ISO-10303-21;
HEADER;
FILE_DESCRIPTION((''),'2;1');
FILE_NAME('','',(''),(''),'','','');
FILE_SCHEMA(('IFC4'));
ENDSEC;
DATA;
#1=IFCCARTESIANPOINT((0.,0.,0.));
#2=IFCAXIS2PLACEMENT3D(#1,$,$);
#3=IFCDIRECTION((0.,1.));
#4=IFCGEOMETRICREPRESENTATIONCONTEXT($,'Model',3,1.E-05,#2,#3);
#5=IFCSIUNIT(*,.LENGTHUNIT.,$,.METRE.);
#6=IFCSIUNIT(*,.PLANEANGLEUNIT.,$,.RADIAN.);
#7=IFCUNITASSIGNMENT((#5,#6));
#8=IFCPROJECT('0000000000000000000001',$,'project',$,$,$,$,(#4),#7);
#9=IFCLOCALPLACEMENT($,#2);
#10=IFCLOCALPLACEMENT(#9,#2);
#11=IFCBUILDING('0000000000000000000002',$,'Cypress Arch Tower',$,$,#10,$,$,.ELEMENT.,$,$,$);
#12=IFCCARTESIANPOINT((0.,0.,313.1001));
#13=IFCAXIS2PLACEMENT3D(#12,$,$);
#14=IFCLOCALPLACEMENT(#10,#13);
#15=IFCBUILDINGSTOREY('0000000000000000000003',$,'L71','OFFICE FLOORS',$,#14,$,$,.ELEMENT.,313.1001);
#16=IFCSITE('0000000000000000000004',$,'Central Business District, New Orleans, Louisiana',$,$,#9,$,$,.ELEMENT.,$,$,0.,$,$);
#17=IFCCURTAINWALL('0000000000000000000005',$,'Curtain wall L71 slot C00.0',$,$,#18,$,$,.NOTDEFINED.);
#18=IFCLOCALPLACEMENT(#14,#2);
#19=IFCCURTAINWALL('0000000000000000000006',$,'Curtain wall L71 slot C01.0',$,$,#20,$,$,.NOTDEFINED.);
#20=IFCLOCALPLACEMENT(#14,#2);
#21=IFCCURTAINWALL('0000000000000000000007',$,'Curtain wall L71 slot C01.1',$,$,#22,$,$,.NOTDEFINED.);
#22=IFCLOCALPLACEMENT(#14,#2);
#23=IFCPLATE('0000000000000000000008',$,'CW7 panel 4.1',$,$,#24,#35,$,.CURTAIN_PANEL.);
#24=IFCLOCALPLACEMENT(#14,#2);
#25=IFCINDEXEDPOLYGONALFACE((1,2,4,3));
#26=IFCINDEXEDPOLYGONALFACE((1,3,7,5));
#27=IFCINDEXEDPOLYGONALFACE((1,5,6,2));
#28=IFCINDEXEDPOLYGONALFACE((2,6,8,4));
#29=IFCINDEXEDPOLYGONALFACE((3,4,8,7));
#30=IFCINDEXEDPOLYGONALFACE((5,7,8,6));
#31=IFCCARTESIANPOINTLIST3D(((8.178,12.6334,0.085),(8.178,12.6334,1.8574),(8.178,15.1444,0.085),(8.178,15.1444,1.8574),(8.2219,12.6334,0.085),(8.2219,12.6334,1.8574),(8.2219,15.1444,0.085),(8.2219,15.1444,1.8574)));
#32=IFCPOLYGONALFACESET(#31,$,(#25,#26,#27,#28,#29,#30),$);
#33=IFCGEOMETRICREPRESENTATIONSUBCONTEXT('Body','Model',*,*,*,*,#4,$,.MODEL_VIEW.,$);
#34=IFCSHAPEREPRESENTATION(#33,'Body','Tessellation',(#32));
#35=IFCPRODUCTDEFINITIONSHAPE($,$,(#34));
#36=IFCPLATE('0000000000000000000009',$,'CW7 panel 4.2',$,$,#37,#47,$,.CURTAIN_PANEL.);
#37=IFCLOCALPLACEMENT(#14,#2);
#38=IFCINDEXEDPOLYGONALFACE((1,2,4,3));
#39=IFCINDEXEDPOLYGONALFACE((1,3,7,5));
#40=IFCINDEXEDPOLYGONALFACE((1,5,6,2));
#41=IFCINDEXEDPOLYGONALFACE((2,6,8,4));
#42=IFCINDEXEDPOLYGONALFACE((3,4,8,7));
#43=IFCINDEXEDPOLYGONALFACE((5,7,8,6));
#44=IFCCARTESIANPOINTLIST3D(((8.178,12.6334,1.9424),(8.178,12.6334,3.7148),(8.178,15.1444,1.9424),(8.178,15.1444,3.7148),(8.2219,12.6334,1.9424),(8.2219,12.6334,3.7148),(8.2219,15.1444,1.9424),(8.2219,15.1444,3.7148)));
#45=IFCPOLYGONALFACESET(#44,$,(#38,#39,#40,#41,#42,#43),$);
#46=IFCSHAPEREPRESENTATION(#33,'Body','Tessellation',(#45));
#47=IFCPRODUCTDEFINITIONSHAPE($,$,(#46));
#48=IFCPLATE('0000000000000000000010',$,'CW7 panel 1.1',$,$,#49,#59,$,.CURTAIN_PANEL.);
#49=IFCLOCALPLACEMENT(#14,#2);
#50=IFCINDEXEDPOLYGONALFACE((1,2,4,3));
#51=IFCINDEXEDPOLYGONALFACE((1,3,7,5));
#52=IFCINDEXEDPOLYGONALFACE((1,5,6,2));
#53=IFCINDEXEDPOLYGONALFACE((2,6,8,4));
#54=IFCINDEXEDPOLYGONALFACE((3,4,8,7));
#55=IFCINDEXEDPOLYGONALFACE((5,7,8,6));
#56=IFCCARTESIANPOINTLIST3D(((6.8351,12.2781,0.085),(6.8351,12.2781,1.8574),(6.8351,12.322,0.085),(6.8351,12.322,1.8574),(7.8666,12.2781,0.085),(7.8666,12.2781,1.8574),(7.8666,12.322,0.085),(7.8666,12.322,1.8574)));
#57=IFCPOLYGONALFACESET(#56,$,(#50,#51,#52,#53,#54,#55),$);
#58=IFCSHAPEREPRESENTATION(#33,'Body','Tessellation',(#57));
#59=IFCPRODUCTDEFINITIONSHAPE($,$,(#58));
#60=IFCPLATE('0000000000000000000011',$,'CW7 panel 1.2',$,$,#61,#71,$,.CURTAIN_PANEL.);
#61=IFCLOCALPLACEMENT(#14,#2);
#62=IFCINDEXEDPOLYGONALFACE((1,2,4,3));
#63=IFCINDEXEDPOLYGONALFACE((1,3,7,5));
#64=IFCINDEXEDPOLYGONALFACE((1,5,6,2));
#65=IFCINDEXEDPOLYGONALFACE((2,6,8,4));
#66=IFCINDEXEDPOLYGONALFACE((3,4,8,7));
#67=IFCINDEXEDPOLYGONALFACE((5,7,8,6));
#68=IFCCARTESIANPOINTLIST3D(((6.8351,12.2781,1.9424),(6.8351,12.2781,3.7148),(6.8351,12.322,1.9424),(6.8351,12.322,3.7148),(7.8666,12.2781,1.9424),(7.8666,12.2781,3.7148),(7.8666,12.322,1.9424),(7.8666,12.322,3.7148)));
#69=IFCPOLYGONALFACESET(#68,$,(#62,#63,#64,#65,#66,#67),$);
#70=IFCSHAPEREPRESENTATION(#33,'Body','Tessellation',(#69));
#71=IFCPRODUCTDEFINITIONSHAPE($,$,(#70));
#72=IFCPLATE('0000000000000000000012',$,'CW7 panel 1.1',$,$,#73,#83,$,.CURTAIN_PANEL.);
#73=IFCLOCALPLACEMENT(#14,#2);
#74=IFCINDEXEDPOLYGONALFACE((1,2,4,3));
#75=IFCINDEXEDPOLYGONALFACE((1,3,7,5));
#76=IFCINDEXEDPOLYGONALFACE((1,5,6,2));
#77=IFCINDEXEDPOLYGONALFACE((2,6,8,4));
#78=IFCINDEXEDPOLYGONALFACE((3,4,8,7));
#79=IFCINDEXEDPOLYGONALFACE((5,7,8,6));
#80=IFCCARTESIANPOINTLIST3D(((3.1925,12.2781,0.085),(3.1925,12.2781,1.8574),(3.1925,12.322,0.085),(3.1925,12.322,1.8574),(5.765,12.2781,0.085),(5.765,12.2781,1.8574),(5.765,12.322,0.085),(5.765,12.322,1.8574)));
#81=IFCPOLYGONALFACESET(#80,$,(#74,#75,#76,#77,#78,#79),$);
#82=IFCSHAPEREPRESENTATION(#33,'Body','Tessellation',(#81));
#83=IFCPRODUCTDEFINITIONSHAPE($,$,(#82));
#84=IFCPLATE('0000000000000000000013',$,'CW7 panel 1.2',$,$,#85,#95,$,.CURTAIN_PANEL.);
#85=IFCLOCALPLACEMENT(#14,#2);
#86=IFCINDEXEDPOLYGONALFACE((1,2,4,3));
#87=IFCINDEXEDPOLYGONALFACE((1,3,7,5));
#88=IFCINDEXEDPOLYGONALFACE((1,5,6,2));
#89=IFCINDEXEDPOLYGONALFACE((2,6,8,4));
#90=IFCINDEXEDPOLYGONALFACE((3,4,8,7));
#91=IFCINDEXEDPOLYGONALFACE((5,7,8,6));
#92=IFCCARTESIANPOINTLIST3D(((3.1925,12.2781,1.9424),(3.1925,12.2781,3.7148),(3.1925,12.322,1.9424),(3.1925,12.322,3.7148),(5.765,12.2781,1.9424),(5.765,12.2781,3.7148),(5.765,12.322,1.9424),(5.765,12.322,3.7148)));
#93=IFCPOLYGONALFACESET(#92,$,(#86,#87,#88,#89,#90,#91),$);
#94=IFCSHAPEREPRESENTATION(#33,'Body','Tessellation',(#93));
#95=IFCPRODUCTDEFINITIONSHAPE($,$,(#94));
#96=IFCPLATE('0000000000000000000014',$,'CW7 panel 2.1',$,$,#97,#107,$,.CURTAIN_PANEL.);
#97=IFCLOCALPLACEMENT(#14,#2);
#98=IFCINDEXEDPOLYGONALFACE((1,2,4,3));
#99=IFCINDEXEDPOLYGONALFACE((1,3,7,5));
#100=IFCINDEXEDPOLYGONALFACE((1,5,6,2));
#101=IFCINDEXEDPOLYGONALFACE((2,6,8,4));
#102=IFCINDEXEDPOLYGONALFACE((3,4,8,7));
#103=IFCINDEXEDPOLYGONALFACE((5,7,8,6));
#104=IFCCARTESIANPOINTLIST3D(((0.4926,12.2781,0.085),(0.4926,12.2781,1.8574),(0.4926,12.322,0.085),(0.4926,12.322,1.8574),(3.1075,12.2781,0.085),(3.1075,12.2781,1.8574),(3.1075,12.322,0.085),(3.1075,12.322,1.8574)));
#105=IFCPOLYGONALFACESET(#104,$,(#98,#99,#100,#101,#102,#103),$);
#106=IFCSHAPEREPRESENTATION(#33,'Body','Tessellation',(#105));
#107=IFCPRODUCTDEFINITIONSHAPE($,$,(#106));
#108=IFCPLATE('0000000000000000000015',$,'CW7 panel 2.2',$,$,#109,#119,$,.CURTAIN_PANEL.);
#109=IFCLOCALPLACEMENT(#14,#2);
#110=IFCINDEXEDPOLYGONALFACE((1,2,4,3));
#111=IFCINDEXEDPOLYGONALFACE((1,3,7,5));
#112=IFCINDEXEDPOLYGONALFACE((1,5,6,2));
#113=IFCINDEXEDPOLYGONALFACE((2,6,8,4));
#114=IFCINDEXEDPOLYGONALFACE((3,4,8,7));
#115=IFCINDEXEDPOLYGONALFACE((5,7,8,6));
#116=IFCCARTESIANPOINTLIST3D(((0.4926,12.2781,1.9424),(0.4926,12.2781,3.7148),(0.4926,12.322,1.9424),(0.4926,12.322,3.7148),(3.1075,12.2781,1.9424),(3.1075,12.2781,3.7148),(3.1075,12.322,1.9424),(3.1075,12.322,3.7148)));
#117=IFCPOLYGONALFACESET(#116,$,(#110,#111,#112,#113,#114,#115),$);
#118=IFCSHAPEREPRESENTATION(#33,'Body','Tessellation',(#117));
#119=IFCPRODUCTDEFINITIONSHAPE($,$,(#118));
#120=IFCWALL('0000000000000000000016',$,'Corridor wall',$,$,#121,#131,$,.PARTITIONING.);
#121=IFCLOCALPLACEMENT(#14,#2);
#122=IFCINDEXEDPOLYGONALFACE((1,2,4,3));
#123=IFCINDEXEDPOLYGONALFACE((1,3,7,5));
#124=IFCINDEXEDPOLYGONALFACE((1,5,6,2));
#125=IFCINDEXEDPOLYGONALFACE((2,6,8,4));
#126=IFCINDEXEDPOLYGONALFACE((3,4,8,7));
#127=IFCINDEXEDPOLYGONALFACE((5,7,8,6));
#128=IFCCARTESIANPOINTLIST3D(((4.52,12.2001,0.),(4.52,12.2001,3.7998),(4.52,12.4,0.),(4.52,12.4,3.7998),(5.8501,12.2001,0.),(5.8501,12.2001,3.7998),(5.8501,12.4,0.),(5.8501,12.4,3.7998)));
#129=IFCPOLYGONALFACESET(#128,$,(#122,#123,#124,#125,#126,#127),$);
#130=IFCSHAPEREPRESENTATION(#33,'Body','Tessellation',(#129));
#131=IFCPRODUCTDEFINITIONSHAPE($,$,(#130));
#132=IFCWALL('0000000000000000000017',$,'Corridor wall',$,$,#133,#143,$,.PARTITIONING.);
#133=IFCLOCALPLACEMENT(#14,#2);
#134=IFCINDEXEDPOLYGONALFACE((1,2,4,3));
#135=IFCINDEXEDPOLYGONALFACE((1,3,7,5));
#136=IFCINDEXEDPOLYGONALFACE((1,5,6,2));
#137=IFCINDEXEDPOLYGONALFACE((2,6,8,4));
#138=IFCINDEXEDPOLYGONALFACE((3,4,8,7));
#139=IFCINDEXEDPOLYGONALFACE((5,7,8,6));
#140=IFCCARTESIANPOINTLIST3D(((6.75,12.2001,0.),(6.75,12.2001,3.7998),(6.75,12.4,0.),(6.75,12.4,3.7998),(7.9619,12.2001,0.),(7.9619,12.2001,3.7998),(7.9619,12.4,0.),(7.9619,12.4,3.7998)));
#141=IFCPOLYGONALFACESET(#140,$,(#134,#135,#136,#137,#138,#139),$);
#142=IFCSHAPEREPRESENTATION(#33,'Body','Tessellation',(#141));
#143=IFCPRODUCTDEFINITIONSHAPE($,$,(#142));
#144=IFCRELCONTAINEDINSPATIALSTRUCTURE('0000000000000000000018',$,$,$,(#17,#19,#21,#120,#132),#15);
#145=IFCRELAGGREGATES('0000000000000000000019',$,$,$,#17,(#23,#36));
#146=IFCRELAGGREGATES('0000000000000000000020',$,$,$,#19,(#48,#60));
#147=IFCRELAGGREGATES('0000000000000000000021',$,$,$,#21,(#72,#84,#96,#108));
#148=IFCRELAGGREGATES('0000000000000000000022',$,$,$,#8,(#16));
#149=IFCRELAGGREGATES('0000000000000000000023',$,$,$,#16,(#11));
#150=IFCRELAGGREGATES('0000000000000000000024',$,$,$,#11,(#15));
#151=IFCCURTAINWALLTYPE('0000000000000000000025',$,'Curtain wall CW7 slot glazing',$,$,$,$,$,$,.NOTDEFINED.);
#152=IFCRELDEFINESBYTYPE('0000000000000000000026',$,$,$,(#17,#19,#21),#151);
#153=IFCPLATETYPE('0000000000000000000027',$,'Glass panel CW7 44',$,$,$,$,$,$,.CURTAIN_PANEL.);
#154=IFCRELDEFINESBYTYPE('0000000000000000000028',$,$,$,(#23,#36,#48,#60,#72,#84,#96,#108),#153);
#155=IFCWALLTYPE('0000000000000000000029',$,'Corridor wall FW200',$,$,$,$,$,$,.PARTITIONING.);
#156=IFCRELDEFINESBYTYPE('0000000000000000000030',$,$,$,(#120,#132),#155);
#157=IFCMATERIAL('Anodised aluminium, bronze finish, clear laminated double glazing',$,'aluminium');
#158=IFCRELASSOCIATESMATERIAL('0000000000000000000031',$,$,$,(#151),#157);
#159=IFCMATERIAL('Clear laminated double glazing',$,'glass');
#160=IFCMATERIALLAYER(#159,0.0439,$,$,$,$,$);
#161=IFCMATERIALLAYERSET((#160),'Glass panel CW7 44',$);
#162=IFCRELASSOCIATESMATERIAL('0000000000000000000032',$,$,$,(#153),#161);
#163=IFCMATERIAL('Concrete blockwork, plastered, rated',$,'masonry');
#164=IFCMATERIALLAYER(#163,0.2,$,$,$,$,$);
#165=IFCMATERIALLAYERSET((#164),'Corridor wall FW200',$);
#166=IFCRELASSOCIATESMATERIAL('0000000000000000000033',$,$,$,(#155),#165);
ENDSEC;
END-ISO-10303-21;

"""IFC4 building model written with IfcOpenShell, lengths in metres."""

from ifc_helpers import new_model, si_unit, direction, frame, frame_2d, origin, origin_2d, place, context, subcontext, project, spatial, rectangle, extrude, material, layer, layer_set, type_object, element, aggregate, save


model = new_model("IFC4")

# Units and contexts
model_context = context("Model", 3, precision=1e-05, world=origin(), true_north=direction((0.0, 1.0)))
body_context = subcontext(model_context, "Body", "Model", "MODEL_VIEW")
ifc_project = project(units=[si_unit("LENGTHUNIT", "METRE"), si_unit("PLANEANGLEUNIT", "RADIAN")], contexts=[model_context])

# Site, building, storey
site_placement = place(None, origin())
site = spatial("IfcSite", under=ifc_project, at=site_placement, Name="Central Business District, New Orleans, Louisiana", CompositionType="ELEMENT", RefElevation=0.0)
building_placement = place(site_placement, origin())
building = spatial("IfcBuilding", under=site, at=building_placement, Name="Cypress Arch Tower", CompositionType="ELEMENT")
storey_placement = place(building_placement, frame((0.0, 0.0, 313.1001)))
storey = spatial("IfcBuildingStorey", under=building, at=storey_placement, Name="L71", Description="OFFICE FLOORS", CompositionType="ELEMENT", Elevation=313.1001)

# Curtain wall
ifc_material_1 = material(Name="Anodised aluminium, bronze finish, clear laminated double glazing", Category="aluminium")
curtain_wall_type = type_object("IfcCurtainWallType", Name="Curtain wall CW7 slot glazing", PredefinedType="NOTDEFINED", material=ifc_material_1)
curtain_wall_1_placement = place(storey_placement, origin())
curtain_wall_1 = element("IfcCurtainWall", 1, at=curtain_wall_1_placement, inside=storey, type_object=curtain_wall_type, Name="Curtain wall L71 slot C00.0", PredefinedType="NOTDEFINED")

# Curtain walls
curtain_wall_2_placement = place(storey_placement, origin())
curtain_wall_2 = element("IfcCurtainWall", 2, at=curtain_wall_2_placement, inside=storey, type_object=curtain_wall_type, Name="Curtain wall L71 slot C01.0", PredefinedType="NOTDEFINED")
curtain_wall_3_placement = place(storey_placement, origin())
curtain_wall_3 = element("IfcCurtainWall", 3, at=curtain_wall_3_placement, inside=storey, type_object=curtain_wall_type, Name="Curtain wall L71 slot C01.1", PredefinedType="NOTDEFINED")

# Plates
ifc_material_2 = material(Name="Clear laminated double glazing", Category="glass")
ifc_layer_1 = layer(ifc_material_2, 0.0439)
ifc_layer_set_1 = layer_set([ifc_layer_1], Name="Glass panel CW7 44")
plate_type = type_object("IfcPlateType", Name="Glass panel CW7 44", PredefinedType="CURTAIN_PANEL", material=ifc_layer_set_1)
plate_1_placement = place(storey_placement, frame((8.2, 13.8889, 0.085), z_axis=(0.0, 0.0, 1.0), x_axis=(0.0, -1.0, 0.0)))
plate_1 = element("IfcPlate", 4, at=plate_1_placement, type_object=plate_type, Name="CW7 panel 4.1", PredefinedType="CURTAIN_PANEL", context=body_context, shape_type="SweptSolid", body=[
    extrude(rectangle(XDim=2.511, YDim=0.0439, at=origin_2d()), origin(), (0.0, 0.0, 1.0), 1.7725),
])
plate_2_placement = place(storey_placement, frame((8.2, 13.8889, 1.9424), z_axis=(0.0, 0.0, 1.0), x_axis=(0.0, -1.0, 0.0)))
plate_2 = element("IfcPlate", 5, at=plate_2_placement, type_object=plate_type, Name="CW7 panel 4.2", PredefinedType="CURTAIN_PANEL", context=body_context, shape_type="SweptSolid", body=[
    extrude(rectangle(XDim=2.511, YDim=0.0439, at=origin_2d()), origin(), (0.0, 0.0, 1.0), 1.7725),
])
aggregate(curtain_wall_1, [plate_1, plate_2])
plate_3_placement = place(storey_placement, frame((7.3508, 12.3, 0.085), z_axis=(0.0, 0.0, 1.0), x_axis=(-1.0, 0.0, 0.0)))
plate_3 = element("IfcPlate", 6, at=plate_3_placement, type_object=plate_type, Name="CW7 panel 1.1", PredefinedType="CURTAIN_PANEL", context=body_context, shape_type="SweptSolid", body=[
    extrude(rectangle(XDim=1.0315, YDim=0.0439, at=origin_2d()), origin(), (0.0, 0.0, 1.0), 1.7725),
])
plate_4_placement = place(storey_placement, frame((7.3508, 12.3, 1.9424), z_axis=(0.0, 0.0, 1.0), x_axis=(-1.0, 0.0, 0.0)))
plate_4 = element("IfcPlate", 7, at=plate_4_placement, type_object=plate_type, Name="CW7 panel 1.2", PredefinedType="CURTAIN_PANEL", context=body_context, shape_type="SweptSolid", body=[
    extrude(rectangle(XDim=1.0315, YDim=0.0439, at=origin_2d()), origin(), (0.0, 0.0, 1.0), 1.7725),
])
aggregate(curtain_wall_2, [plate_3, plate_4])
plate_5_placement = place(storey_placement, frame((4.4788, 12.3, 0.085), z_axis=(0.0, 0.0, 1.0), x_axis=(-1.0, 0.0, 0.0)))
plate_5 = element("IfcPlate", 8, at=plate_5_placement, type_object=plate_type, Name="CW7 panel 1.1", PredefinedType="CURTAIN_PANEL", context=body_context, shape_type="SweptSolid", body=[
    extrude(rectangle(XDim=2.5725, YDim=0.0439, at=origin_2d()), origin(), (0.0, 0.0, 1.0), 1.7725),
])
plate_6_placement = place(storey_placement, frame((4.4788, 12.3, 1.9424), z_axis=(0.0, 0.0, 1.0), x_axis=(-1.0, 0.0, 0.0)))
plate_6 = element("IfcPlate", 9, at=plate_6_placement, type_object=plate_type, Name="CW7 panel 1.2", PredefinedType="CURTAIN_PANEL", context=body_context, shape_type="SweptSolid", body=[
    extrude(rectangle(XDim=2.5725, YDim=0.0439, at=origin_2d()), origin(), (0.0, 0.0, 1.0), 1.7725),
])
plate_7_placement = place(storey_placement, frame((1.8, 12.3, 0.085), z_axis=(0.0, 0.0, 1.0), x_axis=(-1.0, 0.0, 0.0)))
plate_7 = element("IfcPlate", 10, at=plate_7_placement, type_object=plate_type, Name="CW7 panel 2.1", PredefinedType="CURTAIN_PANEL", context=body_context, shape_type="SweptSolid", body=[
    extrude(rectangle(XDim=2.615, YDim=0.0439, at=origin_2d()), origin(), (0.0, 0.0, 1.0), 1.7725),
])
plate_8_placement = place(storey_placement, frame((1.8, 12.3, 1.9424), z_axis=(0.0, 0.0, 1.0), x_axis=(-1.0, 0.0, 0.0)))
plate_8 = element("IfcPlate", 11, at=plate_8_placement, type_object=plate_type, Name="CW7 panel 2.2", PredefinedType="CURTAIN_PANEL", context=body_context, shape_type="SweptSolid", body=[
    extrude(rectangle(XDim=2.615, YDim=0.0439, at=origin_2d()), origin(), (0.0, 0.0, 1.0), 1.7725),
])
aggregate(curtain_wall_3, [plate_5, plate_6, plate_7, plate_8])

# Walls
ifc_material_3 = material(Name="Concrete blockwork, plastered, rated", Category="masonry")
ifc_layer_2 = layer(ifc_material_3, 0.2)
ifc_layer_set_2 = layer_set([ifc_layer_2], Name="Corridor wall FW200")
wall_type = type_object("IfcWallType", Name="Corridor wall FW200", PredefinedType="PARTITIONING", material=ifc_layer_set_2)
wall_1_placement = place(storey_placement, frame((4.52, 12.3, 0.0), z_axis=(0.0, 0.0, 1.0), x_axis=(1.0, 0.0, 0.0)))
element("IfcWall", 12, at=wall_1_placement, inside=storey, type_object=wall_type, Name="Corridor wall", PredefinedType="PARTITIONING", context=body_context, shape_type="SweptSolid", body=[
    extrude(rectangle(XDim=1.3301, YDim=0.2, at=frame_2d((0.665, 0.0))), origin(), (0.0, 0.0, 1.0), 3.7998),
])
wall_2_placement = place(storey_placement, frame((6.75, 12.3, 0.0), z_axis=(0.0, 0.0, 1.0), x_axis=(1.0, 0.0, 0.0)))
element("IfcWall", 13, at=wall_2_placement, inside=storey, type_object=wall_type, Name="Corridor wall", PredefinedType="PARTITIONING", context=body_context, shape_type="SweptSolid", body=[
    extrude(rectangle(XDim=1.2119, YDim=0.2, at=frame_2d((0.606, 0.0))), origin(), (0.0, 0.0, 1.0), 3.7998),
])

save(model, "model.ifc")
